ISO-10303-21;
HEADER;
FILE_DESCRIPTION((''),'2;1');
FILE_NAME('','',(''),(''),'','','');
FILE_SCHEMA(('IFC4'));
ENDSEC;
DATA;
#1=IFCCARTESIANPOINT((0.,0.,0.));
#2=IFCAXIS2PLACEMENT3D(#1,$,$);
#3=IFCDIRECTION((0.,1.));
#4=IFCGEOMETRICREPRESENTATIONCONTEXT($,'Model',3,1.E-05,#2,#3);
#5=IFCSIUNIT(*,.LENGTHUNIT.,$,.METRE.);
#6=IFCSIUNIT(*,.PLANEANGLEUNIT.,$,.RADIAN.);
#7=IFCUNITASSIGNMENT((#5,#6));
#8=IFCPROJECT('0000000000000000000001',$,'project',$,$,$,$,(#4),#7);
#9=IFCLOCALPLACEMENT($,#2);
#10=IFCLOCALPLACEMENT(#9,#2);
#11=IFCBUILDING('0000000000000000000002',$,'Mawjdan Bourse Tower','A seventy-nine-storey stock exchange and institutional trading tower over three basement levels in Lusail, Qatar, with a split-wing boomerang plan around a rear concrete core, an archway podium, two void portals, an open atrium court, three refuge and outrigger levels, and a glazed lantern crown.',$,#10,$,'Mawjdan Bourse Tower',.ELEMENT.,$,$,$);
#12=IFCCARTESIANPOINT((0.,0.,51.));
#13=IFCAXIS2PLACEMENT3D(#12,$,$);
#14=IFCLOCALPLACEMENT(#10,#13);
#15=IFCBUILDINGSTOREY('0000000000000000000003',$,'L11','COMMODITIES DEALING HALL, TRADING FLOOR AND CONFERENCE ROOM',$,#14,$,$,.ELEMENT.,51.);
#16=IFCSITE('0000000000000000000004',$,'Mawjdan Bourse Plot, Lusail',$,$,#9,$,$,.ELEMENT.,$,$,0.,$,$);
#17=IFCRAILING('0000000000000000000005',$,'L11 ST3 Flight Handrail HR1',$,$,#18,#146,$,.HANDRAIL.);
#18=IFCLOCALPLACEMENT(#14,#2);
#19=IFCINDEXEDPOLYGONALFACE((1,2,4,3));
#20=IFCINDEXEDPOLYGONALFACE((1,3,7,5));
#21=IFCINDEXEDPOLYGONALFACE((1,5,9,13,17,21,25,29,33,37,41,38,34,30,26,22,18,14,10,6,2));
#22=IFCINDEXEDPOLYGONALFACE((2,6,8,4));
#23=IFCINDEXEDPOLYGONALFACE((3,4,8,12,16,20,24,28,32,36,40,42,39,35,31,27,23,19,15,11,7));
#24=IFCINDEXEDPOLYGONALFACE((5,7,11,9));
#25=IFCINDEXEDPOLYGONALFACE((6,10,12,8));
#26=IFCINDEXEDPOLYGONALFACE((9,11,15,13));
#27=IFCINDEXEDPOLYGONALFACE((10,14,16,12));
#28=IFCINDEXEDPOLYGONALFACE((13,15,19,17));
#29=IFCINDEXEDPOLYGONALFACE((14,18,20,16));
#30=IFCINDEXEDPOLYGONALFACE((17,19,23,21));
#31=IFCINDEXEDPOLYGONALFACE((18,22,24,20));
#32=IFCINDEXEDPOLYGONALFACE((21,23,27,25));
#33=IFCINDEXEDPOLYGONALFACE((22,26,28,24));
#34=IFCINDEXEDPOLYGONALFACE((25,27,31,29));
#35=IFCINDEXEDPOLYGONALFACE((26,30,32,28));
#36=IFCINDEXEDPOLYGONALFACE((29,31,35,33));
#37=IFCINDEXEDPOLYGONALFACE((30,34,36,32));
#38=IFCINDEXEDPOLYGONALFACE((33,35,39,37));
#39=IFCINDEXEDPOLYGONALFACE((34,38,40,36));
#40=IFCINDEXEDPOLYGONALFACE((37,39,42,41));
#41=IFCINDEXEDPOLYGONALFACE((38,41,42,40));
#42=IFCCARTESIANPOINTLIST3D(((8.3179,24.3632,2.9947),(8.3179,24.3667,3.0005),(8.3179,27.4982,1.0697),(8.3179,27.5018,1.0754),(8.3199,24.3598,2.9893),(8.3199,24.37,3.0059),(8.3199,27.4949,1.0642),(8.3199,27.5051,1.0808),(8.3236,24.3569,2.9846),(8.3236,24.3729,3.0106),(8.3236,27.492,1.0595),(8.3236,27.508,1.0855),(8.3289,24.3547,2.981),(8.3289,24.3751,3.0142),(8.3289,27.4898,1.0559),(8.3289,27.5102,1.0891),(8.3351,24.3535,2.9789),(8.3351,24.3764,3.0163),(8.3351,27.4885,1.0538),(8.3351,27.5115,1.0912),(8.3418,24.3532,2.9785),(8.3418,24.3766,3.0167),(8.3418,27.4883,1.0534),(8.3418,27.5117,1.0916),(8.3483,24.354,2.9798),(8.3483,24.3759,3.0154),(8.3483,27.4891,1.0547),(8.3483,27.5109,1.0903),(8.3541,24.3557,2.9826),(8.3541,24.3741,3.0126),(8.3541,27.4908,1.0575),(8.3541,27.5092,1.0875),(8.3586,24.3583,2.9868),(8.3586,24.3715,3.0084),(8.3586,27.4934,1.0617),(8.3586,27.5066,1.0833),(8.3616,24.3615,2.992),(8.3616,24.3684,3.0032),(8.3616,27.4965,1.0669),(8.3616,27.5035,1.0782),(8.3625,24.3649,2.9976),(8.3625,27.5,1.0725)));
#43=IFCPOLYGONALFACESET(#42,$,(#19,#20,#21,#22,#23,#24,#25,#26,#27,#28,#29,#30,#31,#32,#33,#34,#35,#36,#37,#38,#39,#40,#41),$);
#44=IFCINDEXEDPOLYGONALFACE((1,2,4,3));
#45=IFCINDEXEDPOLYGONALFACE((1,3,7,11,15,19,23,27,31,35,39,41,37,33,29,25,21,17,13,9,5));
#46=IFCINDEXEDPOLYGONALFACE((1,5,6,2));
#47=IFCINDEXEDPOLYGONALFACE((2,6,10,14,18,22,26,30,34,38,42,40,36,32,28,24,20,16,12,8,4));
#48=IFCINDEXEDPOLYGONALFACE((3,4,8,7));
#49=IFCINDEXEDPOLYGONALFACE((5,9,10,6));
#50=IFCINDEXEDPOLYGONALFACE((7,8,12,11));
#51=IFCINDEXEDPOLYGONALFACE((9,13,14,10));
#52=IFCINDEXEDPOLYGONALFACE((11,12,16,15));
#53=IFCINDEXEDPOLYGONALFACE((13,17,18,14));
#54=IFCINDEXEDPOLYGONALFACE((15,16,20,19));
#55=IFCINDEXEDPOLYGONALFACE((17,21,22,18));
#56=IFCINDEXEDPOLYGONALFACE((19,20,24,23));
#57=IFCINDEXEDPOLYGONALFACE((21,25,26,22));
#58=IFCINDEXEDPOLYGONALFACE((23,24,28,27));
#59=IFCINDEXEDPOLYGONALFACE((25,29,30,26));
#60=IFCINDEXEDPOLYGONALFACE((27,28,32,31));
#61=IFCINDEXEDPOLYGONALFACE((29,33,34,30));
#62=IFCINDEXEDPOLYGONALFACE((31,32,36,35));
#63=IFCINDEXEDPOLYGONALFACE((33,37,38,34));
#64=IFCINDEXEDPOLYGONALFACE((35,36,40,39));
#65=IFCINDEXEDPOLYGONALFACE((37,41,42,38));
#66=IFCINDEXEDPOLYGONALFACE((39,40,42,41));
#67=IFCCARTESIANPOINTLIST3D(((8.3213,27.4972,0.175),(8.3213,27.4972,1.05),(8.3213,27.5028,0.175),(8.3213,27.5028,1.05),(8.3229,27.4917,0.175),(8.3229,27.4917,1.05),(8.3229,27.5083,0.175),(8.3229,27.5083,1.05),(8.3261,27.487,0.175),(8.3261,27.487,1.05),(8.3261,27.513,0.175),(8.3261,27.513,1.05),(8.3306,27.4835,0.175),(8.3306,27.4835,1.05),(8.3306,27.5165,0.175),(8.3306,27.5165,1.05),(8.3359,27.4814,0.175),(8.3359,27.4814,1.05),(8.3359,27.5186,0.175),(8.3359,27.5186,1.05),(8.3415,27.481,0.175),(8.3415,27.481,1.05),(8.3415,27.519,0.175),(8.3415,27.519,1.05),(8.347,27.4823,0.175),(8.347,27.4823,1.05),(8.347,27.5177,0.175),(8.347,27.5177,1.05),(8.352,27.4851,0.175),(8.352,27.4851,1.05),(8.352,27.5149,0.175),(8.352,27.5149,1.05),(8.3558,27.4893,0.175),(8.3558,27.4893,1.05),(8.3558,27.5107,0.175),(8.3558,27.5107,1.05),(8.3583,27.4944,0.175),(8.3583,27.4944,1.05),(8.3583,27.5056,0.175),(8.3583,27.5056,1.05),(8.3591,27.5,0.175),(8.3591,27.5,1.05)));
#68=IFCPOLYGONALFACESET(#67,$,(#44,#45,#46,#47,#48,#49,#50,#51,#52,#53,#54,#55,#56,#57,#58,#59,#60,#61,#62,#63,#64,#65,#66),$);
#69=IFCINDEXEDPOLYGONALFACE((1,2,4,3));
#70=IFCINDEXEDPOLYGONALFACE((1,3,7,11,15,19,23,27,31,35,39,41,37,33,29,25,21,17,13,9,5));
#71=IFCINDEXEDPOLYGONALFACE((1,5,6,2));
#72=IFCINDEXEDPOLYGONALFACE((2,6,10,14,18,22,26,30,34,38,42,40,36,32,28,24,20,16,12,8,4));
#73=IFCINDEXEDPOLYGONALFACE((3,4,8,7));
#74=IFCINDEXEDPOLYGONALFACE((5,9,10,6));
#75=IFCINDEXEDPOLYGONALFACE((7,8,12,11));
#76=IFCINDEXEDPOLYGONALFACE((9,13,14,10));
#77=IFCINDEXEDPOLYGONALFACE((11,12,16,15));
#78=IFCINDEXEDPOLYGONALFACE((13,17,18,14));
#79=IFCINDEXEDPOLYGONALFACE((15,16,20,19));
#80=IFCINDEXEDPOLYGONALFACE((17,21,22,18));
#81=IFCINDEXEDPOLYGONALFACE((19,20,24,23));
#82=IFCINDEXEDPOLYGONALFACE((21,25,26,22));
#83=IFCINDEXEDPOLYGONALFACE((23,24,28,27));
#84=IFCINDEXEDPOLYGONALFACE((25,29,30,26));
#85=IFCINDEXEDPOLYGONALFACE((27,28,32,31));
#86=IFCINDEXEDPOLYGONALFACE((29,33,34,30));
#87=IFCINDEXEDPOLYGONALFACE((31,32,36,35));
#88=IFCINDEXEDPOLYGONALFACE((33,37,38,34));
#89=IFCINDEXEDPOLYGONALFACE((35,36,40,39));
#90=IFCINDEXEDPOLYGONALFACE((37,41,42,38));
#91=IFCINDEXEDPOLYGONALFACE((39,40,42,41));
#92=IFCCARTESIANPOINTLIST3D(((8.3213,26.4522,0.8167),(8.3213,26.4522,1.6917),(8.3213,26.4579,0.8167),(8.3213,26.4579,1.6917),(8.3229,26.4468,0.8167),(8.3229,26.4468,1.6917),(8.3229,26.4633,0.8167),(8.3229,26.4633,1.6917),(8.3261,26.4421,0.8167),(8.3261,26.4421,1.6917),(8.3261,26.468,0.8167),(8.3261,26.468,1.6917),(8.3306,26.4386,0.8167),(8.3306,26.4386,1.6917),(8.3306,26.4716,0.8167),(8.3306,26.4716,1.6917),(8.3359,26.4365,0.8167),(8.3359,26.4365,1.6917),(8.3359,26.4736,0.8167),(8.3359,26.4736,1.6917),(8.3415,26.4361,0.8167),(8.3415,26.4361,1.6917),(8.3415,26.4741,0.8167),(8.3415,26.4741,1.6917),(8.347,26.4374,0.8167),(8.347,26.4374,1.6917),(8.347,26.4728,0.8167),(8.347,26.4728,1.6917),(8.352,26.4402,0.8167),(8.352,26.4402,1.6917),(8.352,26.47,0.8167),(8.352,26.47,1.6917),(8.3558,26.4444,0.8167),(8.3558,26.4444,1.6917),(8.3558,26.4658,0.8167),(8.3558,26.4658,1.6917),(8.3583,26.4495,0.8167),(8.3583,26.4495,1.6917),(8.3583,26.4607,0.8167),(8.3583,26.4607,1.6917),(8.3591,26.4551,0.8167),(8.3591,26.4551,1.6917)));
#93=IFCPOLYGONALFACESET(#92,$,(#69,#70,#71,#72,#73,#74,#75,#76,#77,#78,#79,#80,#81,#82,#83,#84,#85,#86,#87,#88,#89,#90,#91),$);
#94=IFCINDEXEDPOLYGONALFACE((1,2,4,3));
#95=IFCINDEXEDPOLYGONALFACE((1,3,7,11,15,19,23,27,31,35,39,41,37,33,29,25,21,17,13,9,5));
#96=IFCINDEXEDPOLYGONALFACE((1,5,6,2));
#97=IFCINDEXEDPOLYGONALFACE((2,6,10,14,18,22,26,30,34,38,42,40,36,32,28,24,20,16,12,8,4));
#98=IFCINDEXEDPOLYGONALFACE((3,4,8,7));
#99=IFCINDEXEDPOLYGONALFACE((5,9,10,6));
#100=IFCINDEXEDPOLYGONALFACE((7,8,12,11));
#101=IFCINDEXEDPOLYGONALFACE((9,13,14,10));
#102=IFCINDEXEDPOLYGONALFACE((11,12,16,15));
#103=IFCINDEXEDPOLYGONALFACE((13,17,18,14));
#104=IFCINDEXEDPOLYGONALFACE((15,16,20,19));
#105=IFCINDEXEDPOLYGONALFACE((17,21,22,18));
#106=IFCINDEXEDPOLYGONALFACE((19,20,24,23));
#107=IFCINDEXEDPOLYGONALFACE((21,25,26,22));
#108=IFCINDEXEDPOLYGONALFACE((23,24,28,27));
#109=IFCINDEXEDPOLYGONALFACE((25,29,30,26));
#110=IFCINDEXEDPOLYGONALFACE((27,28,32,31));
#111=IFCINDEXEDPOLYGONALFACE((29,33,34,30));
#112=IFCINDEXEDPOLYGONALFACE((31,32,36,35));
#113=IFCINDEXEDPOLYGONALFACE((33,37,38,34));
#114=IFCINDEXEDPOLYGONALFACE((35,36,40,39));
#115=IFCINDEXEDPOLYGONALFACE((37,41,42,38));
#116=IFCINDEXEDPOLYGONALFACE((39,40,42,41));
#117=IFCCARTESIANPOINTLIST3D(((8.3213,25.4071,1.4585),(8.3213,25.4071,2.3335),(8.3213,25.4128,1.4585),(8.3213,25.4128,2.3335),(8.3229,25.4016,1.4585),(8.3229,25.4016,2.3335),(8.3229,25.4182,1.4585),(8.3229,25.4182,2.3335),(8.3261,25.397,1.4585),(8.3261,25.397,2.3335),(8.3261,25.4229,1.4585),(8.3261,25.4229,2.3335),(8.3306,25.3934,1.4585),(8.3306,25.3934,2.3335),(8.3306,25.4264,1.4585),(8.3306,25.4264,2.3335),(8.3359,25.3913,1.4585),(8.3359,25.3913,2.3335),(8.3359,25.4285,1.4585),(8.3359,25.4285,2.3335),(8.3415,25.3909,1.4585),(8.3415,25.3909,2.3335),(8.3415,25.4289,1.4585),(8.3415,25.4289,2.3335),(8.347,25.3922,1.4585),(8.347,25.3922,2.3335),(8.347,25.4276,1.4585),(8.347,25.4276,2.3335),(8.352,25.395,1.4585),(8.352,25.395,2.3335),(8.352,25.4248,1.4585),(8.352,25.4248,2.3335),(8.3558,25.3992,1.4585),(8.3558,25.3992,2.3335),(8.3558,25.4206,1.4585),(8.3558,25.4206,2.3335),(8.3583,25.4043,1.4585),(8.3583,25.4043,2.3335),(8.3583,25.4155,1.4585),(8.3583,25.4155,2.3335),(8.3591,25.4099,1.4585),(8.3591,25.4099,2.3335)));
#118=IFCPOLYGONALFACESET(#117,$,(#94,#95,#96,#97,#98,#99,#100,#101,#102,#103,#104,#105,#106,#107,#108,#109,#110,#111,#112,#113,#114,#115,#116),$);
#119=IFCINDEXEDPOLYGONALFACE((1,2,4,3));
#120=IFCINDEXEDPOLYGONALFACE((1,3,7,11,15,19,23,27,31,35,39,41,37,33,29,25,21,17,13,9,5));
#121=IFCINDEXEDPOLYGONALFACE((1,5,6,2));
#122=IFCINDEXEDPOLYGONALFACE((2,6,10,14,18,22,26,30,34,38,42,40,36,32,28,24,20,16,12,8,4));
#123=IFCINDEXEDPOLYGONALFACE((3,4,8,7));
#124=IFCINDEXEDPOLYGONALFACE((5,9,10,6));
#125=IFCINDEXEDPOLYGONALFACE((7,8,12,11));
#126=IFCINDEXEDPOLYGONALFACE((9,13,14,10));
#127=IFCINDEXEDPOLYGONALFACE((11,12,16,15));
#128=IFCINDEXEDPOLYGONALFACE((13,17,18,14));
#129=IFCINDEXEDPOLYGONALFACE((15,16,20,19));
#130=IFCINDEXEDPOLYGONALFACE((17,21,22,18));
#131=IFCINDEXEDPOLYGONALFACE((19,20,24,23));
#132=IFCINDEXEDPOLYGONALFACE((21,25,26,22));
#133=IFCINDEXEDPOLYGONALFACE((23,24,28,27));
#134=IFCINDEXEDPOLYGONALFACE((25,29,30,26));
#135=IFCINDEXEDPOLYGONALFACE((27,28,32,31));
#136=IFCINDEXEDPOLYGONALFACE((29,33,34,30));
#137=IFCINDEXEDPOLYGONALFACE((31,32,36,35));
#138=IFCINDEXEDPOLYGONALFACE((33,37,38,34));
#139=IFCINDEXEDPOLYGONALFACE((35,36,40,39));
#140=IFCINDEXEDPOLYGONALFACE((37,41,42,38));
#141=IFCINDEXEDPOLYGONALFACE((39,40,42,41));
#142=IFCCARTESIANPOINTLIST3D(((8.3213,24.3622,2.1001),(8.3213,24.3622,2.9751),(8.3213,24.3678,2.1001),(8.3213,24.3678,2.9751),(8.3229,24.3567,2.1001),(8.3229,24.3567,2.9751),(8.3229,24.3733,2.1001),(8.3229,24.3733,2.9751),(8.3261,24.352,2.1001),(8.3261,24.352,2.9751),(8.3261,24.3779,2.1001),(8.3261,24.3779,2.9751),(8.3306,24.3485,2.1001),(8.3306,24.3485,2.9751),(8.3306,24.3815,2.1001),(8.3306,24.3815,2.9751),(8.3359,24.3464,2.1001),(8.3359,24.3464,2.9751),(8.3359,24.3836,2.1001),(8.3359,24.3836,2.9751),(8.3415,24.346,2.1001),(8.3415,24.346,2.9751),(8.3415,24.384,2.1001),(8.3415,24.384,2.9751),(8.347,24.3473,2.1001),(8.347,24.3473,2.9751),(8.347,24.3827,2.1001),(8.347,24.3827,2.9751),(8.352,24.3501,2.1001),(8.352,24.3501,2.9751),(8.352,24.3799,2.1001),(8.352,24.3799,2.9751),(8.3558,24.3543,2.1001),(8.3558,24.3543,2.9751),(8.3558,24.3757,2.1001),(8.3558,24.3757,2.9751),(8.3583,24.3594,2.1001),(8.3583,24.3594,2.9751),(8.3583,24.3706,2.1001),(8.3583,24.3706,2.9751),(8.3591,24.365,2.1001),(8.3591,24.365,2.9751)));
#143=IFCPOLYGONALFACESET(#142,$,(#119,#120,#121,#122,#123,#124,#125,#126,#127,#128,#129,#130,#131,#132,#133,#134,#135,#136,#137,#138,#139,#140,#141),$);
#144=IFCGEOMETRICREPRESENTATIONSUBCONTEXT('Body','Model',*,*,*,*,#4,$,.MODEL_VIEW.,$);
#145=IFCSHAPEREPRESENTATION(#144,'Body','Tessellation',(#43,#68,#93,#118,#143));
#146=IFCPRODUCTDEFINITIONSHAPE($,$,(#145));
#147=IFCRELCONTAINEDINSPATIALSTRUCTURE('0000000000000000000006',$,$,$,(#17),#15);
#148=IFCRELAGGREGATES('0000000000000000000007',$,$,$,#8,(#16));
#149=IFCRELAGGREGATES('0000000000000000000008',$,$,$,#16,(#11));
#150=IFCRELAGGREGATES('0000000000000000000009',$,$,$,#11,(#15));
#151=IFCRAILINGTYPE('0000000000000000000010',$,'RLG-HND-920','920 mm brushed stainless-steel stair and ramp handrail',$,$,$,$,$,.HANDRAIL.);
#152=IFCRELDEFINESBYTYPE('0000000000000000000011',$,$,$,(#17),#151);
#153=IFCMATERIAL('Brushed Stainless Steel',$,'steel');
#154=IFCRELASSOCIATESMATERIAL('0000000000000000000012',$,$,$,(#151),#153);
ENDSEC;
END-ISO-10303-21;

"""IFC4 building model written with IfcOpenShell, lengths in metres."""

from ifc_helpers import new_model, si_unit, direction, frame, origin, origin_2d, place, context, subcontext, project, spatial, circle, extrude, material, type_object, element, save


model = new_model("IFC4")

# Units and contexts
model_context = context("Model", 3, precision=1e-05, world=origin(), true_north=direction((0.0, 1.0)))
body_context = subcontext(model_context, "Body", "Model", "MODEL_VIEW")
ifc_project = project(units=[si_unit("LENGTHUNIT", "METRE"), si_unit("PLANEANGLEUNIT", "RADIAN")], contexts=[model_context])

# Site, building, storey
site_placement = place(None, origin())
site = spatial("IfcSite", under=ifc_project, at=site_placement, Name="Mawjdan Bourse Plot, Lusail", CompositionType="ELEMENT", RefElevation=0.0)
building_placement = place(site_placement, origin())
building = spatial("IfcBuilding", under=site, at=building_placement, Name="Mawjdan Bourse Tower", Description="A seventy-nine-storey stock exchange and institutional trading tower over three basement levels in Lusail, Qatar, with a split-wing boomerang plan around a rear concrete core, an archway podium, two void portals, an open atrium court, three refuge and outrigger levels, and a glazed lantern crown.", LongName="Mawjdan Bourse Tower", CompositionType="ELEMENT")
storey_placement = place(building_placement, frame((0.0, 0.0, 51.0)))
storey = spatial("IfcBuildingStorey", under=building, at=storey_placement, Name="L11", Description="COMMODITIES DEALING HALL, TRADING FLOOR AND CONFERENCE ROOM", CompositionType="ELEMENT", Elevation=51.0)

# Railing
ifc_material_1 = material(Name="Brushed Stainless Steel", Category="steel")
railing_type_1 = type_object("IfcRailingType", Name="RLG-HND-920", Description="920 mm brushed stainless-steel stair and ramp handrail", PredefinedType="HANDRAIL", material=ifc_material_1)
railing_1_placement = place(storey_placement, frame((8.3401, 27.5, 0.175)))
element("IfcRailing", 1, at=railing_1_placement, inside=storey, type_object=railing_type_1, Name="L11 ST3 Flight Handrail HR1", PredefinedType="HANDRAIL", context=body_context, shape_type="SweptSolid", body=[
    extrude(circle(Radius=0.0225, at=origin_2d()), frame((0.0, 0.0, 0.8975), z_axis=(0.0, -0.852166, 0.523271), x_axis=(1.0, 0.0, 0.0)), (0.0, 0.0, 1.0), 3.679),
    extrude(circle(Radius=0.019, at=origin_2d()), origin(), (0.0, 0.0, 1.0), 0.875),
    extrude(circle(Radius=0.019, at=origin_2d()), frame((0.0, -1.0449, 0.6416)), (0.0, 0.0, 1.0), 0.875),
    extrude(circle(Radius=0.019, at=origin_2d()), frame((0.0, -2.0901, 1.2834)), (0.0, 0.0, 1.0), 0.875),
    extrude(circle(Radius=0.019, at=origin_2d()), frame((0.0, -3.135, 1.925)), (0.0, 0.0, 1.0), 0.875),
])

save(model, "model.ifc")
